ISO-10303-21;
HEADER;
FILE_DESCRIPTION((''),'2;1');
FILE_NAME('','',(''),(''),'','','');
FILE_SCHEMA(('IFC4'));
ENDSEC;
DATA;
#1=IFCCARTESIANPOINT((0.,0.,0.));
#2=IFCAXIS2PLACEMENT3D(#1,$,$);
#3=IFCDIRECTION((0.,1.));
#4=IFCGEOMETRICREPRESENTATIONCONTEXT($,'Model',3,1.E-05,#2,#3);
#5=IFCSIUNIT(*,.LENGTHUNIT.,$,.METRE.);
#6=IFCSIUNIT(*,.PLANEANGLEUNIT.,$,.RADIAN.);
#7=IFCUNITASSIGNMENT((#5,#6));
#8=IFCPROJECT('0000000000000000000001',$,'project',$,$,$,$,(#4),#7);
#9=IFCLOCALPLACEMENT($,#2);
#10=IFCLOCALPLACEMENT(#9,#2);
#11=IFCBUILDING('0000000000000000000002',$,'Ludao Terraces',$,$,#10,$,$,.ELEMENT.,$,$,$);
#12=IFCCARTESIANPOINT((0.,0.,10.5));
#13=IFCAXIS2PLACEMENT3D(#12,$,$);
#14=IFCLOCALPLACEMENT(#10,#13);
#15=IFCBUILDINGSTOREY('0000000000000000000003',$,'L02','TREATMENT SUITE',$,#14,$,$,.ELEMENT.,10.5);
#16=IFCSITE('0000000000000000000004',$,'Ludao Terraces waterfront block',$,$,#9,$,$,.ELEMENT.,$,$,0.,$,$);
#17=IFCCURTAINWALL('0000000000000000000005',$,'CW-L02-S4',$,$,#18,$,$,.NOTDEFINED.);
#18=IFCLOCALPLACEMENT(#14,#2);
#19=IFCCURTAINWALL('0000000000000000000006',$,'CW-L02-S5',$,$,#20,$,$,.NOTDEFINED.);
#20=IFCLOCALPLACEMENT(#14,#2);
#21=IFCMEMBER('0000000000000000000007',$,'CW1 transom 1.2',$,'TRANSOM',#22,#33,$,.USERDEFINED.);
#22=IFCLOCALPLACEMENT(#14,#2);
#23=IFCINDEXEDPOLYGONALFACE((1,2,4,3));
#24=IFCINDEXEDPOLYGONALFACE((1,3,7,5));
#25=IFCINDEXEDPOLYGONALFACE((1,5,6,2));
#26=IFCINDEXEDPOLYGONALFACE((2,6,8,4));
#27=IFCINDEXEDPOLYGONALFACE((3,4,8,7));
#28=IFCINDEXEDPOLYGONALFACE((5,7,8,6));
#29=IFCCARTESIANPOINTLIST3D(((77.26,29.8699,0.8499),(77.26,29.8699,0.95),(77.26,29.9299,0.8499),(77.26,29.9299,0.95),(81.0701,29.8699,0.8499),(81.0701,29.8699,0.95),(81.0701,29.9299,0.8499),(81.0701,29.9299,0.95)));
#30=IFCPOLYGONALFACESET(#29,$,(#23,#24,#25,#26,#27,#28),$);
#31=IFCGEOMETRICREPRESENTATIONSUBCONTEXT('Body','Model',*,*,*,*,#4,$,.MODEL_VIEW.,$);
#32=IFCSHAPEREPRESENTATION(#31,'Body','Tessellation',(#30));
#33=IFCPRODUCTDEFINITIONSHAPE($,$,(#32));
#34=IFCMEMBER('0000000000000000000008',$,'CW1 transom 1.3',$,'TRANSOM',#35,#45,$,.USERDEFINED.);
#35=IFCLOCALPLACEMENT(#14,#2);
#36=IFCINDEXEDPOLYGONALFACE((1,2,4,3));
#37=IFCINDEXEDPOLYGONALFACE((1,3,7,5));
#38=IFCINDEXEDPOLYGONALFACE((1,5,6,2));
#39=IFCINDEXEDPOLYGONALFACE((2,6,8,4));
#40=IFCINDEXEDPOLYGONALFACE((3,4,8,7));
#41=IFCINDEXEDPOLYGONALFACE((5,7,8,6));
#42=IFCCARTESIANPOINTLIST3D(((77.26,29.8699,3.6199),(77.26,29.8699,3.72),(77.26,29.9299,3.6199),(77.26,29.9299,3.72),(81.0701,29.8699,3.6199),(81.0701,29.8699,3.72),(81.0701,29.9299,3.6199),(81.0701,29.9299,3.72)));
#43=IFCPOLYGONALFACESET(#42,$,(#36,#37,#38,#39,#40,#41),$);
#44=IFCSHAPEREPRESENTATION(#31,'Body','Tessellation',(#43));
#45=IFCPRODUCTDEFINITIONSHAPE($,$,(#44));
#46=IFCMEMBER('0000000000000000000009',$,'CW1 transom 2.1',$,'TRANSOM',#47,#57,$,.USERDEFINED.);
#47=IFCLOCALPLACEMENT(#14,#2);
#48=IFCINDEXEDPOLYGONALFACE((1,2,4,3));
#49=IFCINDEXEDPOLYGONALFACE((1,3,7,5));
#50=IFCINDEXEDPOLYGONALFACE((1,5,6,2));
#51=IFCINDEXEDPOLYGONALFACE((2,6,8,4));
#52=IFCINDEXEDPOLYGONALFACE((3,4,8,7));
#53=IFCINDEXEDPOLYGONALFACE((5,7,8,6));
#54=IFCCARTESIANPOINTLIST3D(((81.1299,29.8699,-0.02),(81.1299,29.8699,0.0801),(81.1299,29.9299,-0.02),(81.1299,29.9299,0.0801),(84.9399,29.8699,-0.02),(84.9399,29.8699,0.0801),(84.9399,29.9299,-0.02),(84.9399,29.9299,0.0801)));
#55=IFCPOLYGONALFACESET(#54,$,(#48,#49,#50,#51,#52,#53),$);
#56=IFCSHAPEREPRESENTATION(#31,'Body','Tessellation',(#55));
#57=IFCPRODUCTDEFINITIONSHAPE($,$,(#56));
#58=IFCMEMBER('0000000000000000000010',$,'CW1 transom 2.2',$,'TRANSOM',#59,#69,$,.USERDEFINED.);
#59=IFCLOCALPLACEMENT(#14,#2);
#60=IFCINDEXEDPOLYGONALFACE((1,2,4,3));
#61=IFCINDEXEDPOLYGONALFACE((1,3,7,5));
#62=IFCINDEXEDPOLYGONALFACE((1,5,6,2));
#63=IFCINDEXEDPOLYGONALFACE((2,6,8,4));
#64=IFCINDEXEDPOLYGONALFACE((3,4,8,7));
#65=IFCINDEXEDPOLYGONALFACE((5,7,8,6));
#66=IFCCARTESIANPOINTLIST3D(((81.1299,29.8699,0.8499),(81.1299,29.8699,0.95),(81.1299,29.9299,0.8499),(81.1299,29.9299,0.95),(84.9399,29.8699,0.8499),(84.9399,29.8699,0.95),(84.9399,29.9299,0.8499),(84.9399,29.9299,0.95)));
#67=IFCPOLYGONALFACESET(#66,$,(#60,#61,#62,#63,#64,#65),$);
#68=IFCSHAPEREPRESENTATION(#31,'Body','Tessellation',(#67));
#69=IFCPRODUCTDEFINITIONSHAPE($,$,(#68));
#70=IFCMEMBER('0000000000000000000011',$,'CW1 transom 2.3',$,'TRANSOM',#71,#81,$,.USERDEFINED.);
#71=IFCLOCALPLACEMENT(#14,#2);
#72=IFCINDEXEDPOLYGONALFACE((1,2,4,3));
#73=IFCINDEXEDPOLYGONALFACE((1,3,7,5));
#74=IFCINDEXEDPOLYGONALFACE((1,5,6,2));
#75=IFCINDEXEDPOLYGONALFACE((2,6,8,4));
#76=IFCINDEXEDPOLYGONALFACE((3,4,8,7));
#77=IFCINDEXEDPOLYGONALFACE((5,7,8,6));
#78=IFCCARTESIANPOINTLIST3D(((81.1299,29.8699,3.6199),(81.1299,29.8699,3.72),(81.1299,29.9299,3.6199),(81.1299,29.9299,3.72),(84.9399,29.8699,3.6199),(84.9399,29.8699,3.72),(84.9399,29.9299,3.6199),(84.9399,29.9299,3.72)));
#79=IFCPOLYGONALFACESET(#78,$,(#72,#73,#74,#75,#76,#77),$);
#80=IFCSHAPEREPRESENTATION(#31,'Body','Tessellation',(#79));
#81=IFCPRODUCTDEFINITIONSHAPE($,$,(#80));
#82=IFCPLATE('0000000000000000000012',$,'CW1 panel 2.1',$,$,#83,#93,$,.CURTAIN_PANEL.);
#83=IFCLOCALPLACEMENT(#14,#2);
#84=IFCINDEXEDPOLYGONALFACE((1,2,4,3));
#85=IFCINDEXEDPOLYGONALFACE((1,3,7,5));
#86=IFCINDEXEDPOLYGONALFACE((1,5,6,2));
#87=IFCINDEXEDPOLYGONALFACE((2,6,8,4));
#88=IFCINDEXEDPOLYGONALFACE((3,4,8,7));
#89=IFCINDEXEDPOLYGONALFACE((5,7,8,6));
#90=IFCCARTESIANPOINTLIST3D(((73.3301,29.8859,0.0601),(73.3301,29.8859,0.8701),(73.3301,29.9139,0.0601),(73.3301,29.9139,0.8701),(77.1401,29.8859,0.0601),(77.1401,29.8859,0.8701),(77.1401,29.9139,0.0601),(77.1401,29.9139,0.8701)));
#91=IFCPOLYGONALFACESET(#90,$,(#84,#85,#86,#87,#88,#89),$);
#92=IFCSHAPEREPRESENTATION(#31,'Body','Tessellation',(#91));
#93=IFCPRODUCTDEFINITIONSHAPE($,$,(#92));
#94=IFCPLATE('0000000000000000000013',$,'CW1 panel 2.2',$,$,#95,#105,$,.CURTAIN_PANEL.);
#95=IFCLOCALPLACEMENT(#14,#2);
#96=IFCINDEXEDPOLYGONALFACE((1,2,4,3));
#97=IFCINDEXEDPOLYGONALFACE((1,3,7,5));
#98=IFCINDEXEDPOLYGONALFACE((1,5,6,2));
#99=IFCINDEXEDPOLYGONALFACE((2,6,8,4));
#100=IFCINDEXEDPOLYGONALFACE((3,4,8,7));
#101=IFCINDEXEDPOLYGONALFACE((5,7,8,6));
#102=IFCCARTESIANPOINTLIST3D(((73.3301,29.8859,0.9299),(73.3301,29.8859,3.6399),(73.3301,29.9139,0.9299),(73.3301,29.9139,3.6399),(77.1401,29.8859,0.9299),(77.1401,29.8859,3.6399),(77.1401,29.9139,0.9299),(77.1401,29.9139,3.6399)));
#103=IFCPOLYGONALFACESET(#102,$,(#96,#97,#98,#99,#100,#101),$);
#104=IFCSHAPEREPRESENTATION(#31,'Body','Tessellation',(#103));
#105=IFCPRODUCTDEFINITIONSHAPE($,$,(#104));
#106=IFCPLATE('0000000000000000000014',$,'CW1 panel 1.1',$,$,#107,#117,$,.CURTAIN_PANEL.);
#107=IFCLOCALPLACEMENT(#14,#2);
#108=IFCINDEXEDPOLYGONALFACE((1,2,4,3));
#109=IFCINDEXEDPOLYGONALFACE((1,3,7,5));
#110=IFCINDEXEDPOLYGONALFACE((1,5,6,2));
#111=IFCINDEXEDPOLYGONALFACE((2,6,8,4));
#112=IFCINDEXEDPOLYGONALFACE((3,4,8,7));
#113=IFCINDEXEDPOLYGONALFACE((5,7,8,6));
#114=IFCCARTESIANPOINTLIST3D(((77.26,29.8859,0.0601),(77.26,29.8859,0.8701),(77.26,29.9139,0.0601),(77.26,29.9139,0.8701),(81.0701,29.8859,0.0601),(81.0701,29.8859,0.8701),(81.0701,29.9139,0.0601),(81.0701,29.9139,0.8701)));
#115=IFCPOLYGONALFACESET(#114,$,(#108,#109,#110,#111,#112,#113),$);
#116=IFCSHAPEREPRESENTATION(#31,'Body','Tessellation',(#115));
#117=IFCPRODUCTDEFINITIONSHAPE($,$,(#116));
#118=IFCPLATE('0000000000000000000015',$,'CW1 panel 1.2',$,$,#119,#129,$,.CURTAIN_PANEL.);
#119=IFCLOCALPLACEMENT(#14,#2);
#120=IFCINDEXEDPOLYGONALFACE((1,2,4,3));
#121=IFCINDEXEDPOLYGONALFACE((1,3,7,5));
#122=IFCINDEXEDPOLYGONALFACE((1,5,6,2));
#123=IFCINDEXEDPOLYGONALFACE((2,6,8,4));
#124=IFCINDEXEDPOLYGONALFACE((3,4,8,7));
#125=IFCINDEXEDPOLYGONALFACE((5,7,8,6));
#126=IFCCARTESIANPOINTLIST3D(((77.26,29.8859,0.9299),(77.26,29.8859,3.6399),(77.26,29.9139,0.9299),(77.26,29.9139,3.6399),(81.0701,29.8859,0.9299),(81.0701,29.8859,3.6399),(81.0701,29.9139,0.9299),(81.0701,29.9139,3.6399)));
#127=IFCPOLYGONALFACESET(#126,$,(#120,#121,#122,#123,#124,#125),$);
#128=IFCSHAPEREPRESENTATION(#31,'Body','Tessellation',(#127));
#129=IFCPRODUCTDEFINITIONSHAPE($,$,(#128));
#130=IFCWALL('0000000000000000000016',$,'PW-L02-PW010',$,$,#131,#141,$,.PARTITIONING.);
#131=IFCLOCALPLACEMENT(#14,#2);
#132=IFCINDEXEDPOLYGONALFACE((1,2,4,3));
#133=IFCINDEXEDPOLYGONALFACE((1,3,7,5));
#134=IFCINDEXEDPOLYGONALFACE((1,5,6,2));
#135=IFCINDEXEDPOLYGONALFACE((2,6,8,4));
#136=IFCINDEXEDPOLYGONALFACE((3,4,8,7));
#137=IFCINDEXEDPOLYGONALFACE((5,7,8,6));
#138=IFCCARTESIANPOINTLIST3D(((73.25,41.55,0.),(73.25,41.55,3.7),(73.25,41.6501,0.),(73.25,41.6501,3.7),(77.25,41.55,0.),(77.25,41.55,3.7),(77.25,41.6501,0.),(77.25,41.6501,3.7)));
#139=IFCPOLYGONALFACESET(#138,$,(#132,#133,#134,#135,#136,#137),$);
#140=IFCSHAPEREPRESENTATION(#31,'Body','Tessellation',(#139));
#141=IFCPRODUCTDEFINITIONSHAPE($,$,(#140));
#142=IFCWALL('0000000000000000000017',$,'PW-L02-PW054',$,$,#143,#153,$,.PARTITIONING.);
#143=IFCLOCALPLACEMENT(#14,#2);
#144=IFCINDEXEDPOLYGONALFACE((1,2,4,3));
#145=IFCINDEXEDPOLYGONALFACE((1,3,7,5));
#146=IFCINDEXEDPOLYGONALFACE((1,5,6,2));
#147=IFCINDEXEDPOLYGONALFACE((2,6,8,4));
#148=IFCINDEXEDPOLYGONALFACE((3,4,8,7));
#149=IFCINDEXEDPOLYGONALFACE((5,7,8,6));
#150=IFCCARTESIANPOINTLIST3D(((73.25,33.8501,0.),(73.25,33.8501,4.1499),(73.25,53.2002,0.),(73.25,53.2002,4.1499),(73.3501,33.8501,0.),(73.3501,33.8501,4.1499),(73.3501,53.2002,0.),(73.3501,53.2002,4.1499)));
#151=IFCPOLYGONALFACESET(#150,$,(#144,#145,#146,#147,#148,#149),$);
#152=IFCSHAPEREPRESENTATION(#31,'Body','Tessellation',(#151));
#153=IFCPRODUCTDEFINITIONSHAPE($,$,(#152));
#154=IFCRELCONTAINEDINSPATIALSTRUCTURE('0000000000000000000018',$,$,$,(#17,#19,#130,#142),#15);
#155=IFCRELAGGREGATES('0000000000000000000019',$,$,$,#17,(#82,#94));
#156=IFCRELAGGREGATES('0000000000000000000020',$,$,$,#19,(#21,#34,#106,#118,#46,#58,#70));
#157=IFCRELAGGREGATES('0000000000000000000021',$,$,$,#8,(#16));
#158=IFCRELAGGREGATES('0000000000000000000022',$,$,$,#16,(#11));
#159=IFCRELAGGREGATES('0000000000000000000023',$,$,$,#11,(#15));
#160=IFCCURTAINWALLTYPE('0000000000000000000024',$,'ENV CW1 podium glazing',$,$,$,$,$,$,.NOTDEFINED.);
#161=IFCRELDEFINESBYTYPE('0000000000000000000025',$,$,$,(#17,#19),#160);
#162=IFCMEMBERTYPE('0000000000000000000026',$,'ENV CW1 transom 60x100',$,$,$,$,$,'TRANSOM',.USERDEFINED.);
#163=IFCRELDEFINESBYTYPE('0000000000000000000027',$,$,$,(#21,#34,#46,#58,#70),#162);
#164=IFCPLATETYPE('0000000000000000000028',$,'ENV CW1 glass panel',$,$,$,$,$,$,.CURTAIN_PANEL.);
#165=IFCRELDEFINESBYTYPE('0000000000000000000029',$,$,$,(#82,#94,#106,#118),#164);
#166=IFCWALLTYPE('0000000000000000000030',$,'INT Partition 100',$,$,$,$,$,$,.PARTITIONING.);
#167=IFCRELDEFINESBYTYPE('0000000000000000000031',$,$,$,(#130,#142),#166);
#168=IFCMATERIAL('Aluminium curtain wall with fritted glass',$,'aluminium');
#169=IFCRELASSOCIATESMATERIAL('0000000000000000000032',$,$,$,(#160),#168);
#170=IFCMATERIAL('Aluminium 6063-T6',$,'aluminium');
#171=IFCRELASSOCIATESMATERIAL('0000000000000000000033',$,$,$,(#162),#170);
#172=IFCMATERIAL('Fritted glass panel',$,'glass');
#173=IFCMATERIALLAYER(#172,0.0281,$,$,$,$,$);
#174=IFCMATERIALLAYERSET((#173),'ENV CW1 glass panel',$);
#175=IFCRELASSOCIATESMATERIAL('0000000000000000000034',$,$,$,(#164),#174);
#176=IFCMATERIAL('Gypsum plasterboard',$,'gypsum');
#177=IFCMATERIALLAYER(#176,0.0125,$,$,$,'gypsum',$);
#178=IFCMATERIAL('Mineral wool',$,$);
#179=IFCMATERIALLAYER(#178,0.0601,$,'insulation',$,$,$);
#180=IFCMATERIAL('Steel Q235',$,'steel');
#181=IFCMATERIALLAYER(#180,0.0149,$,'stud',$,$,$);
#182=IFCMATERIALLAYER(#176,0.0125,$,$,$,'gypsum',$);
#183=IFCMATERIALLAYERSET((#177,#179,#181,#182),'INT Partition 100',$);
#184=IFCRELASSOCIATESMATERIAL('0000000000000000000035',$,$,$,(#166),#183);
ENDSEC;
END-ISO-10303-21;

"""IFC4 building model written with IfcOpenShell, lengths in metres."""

from ifc_helpers import new_model, si_unit, direction, frame, frame_2d, origin, origin_2d, place, context, subcontext, project, spatial, rectangle, extrude, material, layer, layer_set, material_profile, profile_set, type_object, element, aggregate, save


model = new_model("IFC4")

# Units and contexts
model_context = context("Model", 3, precision=1e-05, world=origin(), true_north=direction((0.0, 1.0)))
body_context = subcontext(model_context, "Body", "Model", "MODEL_VIEW")
ifc_project = project(units=[si_unit("LENGTHUNIT", "METRE"), si_unit("PLANEANGLEUNIT", "RADIAN")], contexts=[model_context])

# Site, building, storey
site_placement = place(None, origin())
site = spatial("IfcSite", under=ifc_project, at=site_placement, Name="Ludao Terraces waterfront block", CompositionType="ELEMENT", RefElevation=0.0)
building_placement = place(site_placement, origin())
building = spatial("IfcBuilding", under=site, at=building_placement, Name="Ludao Terraces", CompositionType="ELEMENT")
storey_placement = place(building_placement, frame((0.0, 0.0, 10.5)))
storey = spatial("IfcBuildingStorey", under=building, at=storey_placement, Name="L02", Description="TREATMENT SUITE", CompositionType="ELEMENT", Elevation=10.5)

# Curtain wall
ifc_material_1 = material(Name="Aluminium curtain wall with fritted glass", Category="aluminium")
curtain_wall_type = type_object("IfcCurtainWallType", Name="ENV CW1 podium glazing", PredefinedType="NOTDEFINED", material=ifc_material_1)
curtain_wall_1_placement = place(storey_placement, origin())
curtain_wall_1 = element("IfcCurtainWall", 1, at=curtain_wall_1_placement, inside=storey, type_object=curtain_wall_type, Name="CW-L02-S4", PredefinedType="NOTDEFINED")
ifc_material_2 = material(Name="Aluminium 6063-T6", Category="aluminium")

# Curtain wall
curtain_wall_2_placement = place(storey_placement, origin())
curtain_wall_2 = element("IfcCurtainWall", 2, at=curtain_wall_2_placement, inside=storey, type_object=curtain_wall_type, Name="CW-L02-S5", PredefinedType="NOTDEFINED")

# Members
ifc_material_profile_1 = material_profile(ifc_material_2, rectangle(XDim=0.0601, YDim=0.1001, at=origin_2d()), Name="60 X 100")
ifc_profile_set_1 = profile_set([ifc_material_profile_1], Name="Aluminium 6063-T6")
member_type_1 = type_object("IfcMemberType", Name="ENV CW1 transom 60x100", ElementType="TRANSOM", PredefinedType="USERDEFINED", material=ifc_profile_set_1)
member_1_placement = place(storey_placement, frame((77.26, 29.8999, 0.8999), z_axis=(1.0, 0.0, 0.0), x_axis=(0.0, 1.0, 0.0)))
member_1 = element("IfcMember", 3, at=member_1_placement, type_object=member_type_1, Name="CW1 transom 1.2", ObjectType="TRANSOM", PredefinedType="USERDEFINED", context=body_context, shape_type="SweptSolid", body=[
    extrude(rectangle(XDim=0.0601, YDim=0.1001, at=origin_2d()), origin(), (0.0, 0.0, 1.0), 3.8101),
])
member_2_placement = place(storey_placement, frame((77.26, 29.8999, 3.6699), z_axis=(1.0, 0.0, 0.0), x_axis=(0.0, 1.0, 0.0)))
member_2 = element("IfcMember", 4, at=member_2_placement, type_object=member_type_1, Name="CW1 transom 1.3", ObjectType="TRANSOM", PredefinedType="USERDEFINED", context=body_context, shape_type="SweptSolid", body=[
    extrude(rectangle(XDim=0.0601, YDim=0.1001, at=origin_2d()), origin(), (0.0, 0.0, 1.0), 3.8101),
])
member_3_placement = place(storey_placement, frame((81.1299, 29.8999, 0.03), z_axis=(1.0, 0.0, 0.0), x_axis=(0.0, 1.0, 0.0)))
member_3 = element("IfcMember", 5, at=member_3_placement, type_object=member_type_1, Name="CW1 transom 2.1", ObjectType="TRANSOM", PredefinedType="USERDEFINED", context=body_context, shape_type="SweptSolid", body=[
    extrude(rectangle(XDim=0.0601, YDim=0.1001, at=origin_2d()), origin(), (0.0, 0.0, 1.0), 3.8101),
])
member_4_placement = place(storey_placement, frame((81.1299, 29.8999, 0.8999), z_axis=(1.0, 0.0, 0.0), x_axis=(0.0, 1.0, 0.0)))
member_4 = element("IfcMember", 6, at=member_4_placement, type_object=member_type_1, Name="CW1 transom 2.2", ObjectType="TRANSOM", PredefinedType="USERDEFINED", context=body_context, shape_type="SweptSolid", body=[
    extrude(rectangle(XDim=0.0601, YDim=0.1001, at=origin_2d()), origin(), (0.0, 0.0, 1.0), 3.8101),
])
member_5_placement = place(storey_placement, frame((81.1299, 29.8999, 3.6699), z_axis=(1.0, 0.0, 0.0), x_axis=(0.0, 1.0, 0.0)))
member_5 = element("IfcMember", 7, at=member_5_placement, type_object=member_type_1, Name="CW1 transom 2.3", ObjectType="TRANSOM", PredefinedType="USERDEFINED", context=body_context, shape_type="SweptSolid", body=[
    extrude(rectangle(XDim=0.0601, YDim=0.1001, at=origin_2d()), origin(), (0.0, 0.0, 1.0), 3.8101),
])

# Plates
ifc_material_3 = material(Name="Fritted glass panel", Category="glass")
ifc_layer_1 = layer(ifc_material_3, 0.0281)
ifc_layer_set_1 = layer_set([ifc_layer_1], Name="ENV CW1 glass panel")
plate_type = type_object("IfcPlateType", Name="ENV CW1 glass panel", PredefinedType="CURTAIN_PANEL", material=ifc_layer_set_1)
plate_1_placement = place(storey_placement, frame((75.2351, 29.8999, 0.0601), z_axis=(0.0, 0.0, 1.0), x_axis=(1.0, 0.0, 0.0)))
plate_1 = element("IfcPlate", 8, at=plate_1_placement, type_object=plate_type, Name="CW1 panel 2.1", PredefinedType="CURTAIN_PANEL", context=body_context, shape_type="SweptSolid", body=[
    extrude(rectangle(XDim=3.8101, YDim=0.0281, at=origin_2d()), origin(), (0.0, 0.0, 1.0), 0.8101),
])
plate_2_placement = place(storey_placement, frame((75.2351, 29.8999, 0.9299), z_axis=(0.0, 0.0, 1.0), x_axis=(1.0, 0.0, 0.0)))
plate_2 = element("IfcPlate", 9, at=plate_2_placement, type_object=plate_type, Name="CW1 panel 2.2", PredefinedType="CURTAIN_PANEL", context=body_context, shape_type="SweptSolid", body=[
    extrude(rectangle(XDim=3.8101, YDim=0.0281, at=origin_2d()), origin(), (0.0, 0.0, 1.0), 2.71),
])
aggregate(curtain_wall_1, [plate_1, plate_2])
plate_3_placement = place(storey_placement, frame((79.165, 29.8999, 0.0601), z_axis=(0.0, 0.0, 1.0), x_axis=(1.0, 0.0, 0.0)))
plate_3 = element("IfcPlate", 10, at=plate_3_placement, type_object=plate_type, Name="CW1 panel 1.1", PredefinedType="CURTAIN_PANEL", context=body_context, shape_type="SweptSolid", body=[
    extrude(rectangle(XDim=3.8101, YDim=0.0281, at=origin_2d()), origin(), (0.0, 0.0, 1.0), 0.8101),
])
plate_4_placement = place(storey_placement, frame((79.165, 29.8999, 0.9299), z_axis=(0.0, 0.0, 1.0), x_axis=(1.0, 0.0, 0.0)))
plate_4 = element("IfcPlate", 11, at=plate_4_placement, type_object=plate_type, Name="CW1 panel 1.2", PredefinedType="CURTAIN_PANEL", context=body_context, shape_type="SweptSolid", body=[
    extrude(rectangle(XDim=3.8101, YDim=0.0281, at=origin_2d()), origin(), (0.0, 0.0, 1.0), 2.71),
])
aggregate(curtain_wall_2, [member_1, member_2, plate_3, plate_4, member_3, member_4, member_5])

# Walls
ifc_material_4 = material(Name="Gypsum plasterboard", Category="gypsum")
ifc_layer_2 = layer(ifc_material_4, 0.0125, Category="gypsum")
ifc_material_5 = material(Name="Mineral wool")
ifc_layer_3 = layer(ifc_material_5, 0.0601, Name="insulation")
ifc_material_6 = material(Name="Steel Q235", Category="steel")
ifc_layer_4 = layer(ifc_material_6, 0.0149, Name="stud")
ifc_layer_5 = layer(ifc_material_4, 0.0125, Category="gypsum")
ifc_layer_set_2 = layer_set([ifc_layer_2, ifc_layer_3, ifc_layer_4, ifc_layer_5], Name="INT Partition 100")
wall_type = type_object("IfcWallType", Name="INT Partition 100", PredefinedType="PARTITIONING", material=ifc_layer_set_2)
wall_1_placement = place(storey_placement, frame((73.25, 41.6001, 0.0), z_axis=(0.0, 0.0, 1.0), x_axis=(1.0, 0.0, 0.0)))
element("IfcWall", 12, at=wall_1_placement, inside=storey, type_object=wall_type, Name="PW-L02-PW010", PredefinedType="PARTITIONING", context=body_context, shape_type="SweptSolid", body=[
    extrude(rectangle(XDim=4.0, YDim=0.1001, at=frame_2d((2.0, 0.0))), origin(), (0.0, 0.0, 1.0), 3.7),
])
wall_2_placement = place(storey_placement, frame((73.3, 33.8501, 0.0), z_axis=(0.0, 0.0, 1.0), x_axis=(0.0, 1.0, 0.0)))
element("IfcWall", 13, at=wall_2_placement, inside=storey, type_object=wall_type, Name="PW-L02-PW054", PredefinedType="PARTITIONING", context=body_context, shape_type="SweptSolid", body=[
    extrude(rectangle(XDim=19.3501, YDim=0.1001, at=frame_2d((9.675, 0.0))), origin(), (0.0, 0.0, 1.0), 4.1499),
])

save(model, "model.ifc")
